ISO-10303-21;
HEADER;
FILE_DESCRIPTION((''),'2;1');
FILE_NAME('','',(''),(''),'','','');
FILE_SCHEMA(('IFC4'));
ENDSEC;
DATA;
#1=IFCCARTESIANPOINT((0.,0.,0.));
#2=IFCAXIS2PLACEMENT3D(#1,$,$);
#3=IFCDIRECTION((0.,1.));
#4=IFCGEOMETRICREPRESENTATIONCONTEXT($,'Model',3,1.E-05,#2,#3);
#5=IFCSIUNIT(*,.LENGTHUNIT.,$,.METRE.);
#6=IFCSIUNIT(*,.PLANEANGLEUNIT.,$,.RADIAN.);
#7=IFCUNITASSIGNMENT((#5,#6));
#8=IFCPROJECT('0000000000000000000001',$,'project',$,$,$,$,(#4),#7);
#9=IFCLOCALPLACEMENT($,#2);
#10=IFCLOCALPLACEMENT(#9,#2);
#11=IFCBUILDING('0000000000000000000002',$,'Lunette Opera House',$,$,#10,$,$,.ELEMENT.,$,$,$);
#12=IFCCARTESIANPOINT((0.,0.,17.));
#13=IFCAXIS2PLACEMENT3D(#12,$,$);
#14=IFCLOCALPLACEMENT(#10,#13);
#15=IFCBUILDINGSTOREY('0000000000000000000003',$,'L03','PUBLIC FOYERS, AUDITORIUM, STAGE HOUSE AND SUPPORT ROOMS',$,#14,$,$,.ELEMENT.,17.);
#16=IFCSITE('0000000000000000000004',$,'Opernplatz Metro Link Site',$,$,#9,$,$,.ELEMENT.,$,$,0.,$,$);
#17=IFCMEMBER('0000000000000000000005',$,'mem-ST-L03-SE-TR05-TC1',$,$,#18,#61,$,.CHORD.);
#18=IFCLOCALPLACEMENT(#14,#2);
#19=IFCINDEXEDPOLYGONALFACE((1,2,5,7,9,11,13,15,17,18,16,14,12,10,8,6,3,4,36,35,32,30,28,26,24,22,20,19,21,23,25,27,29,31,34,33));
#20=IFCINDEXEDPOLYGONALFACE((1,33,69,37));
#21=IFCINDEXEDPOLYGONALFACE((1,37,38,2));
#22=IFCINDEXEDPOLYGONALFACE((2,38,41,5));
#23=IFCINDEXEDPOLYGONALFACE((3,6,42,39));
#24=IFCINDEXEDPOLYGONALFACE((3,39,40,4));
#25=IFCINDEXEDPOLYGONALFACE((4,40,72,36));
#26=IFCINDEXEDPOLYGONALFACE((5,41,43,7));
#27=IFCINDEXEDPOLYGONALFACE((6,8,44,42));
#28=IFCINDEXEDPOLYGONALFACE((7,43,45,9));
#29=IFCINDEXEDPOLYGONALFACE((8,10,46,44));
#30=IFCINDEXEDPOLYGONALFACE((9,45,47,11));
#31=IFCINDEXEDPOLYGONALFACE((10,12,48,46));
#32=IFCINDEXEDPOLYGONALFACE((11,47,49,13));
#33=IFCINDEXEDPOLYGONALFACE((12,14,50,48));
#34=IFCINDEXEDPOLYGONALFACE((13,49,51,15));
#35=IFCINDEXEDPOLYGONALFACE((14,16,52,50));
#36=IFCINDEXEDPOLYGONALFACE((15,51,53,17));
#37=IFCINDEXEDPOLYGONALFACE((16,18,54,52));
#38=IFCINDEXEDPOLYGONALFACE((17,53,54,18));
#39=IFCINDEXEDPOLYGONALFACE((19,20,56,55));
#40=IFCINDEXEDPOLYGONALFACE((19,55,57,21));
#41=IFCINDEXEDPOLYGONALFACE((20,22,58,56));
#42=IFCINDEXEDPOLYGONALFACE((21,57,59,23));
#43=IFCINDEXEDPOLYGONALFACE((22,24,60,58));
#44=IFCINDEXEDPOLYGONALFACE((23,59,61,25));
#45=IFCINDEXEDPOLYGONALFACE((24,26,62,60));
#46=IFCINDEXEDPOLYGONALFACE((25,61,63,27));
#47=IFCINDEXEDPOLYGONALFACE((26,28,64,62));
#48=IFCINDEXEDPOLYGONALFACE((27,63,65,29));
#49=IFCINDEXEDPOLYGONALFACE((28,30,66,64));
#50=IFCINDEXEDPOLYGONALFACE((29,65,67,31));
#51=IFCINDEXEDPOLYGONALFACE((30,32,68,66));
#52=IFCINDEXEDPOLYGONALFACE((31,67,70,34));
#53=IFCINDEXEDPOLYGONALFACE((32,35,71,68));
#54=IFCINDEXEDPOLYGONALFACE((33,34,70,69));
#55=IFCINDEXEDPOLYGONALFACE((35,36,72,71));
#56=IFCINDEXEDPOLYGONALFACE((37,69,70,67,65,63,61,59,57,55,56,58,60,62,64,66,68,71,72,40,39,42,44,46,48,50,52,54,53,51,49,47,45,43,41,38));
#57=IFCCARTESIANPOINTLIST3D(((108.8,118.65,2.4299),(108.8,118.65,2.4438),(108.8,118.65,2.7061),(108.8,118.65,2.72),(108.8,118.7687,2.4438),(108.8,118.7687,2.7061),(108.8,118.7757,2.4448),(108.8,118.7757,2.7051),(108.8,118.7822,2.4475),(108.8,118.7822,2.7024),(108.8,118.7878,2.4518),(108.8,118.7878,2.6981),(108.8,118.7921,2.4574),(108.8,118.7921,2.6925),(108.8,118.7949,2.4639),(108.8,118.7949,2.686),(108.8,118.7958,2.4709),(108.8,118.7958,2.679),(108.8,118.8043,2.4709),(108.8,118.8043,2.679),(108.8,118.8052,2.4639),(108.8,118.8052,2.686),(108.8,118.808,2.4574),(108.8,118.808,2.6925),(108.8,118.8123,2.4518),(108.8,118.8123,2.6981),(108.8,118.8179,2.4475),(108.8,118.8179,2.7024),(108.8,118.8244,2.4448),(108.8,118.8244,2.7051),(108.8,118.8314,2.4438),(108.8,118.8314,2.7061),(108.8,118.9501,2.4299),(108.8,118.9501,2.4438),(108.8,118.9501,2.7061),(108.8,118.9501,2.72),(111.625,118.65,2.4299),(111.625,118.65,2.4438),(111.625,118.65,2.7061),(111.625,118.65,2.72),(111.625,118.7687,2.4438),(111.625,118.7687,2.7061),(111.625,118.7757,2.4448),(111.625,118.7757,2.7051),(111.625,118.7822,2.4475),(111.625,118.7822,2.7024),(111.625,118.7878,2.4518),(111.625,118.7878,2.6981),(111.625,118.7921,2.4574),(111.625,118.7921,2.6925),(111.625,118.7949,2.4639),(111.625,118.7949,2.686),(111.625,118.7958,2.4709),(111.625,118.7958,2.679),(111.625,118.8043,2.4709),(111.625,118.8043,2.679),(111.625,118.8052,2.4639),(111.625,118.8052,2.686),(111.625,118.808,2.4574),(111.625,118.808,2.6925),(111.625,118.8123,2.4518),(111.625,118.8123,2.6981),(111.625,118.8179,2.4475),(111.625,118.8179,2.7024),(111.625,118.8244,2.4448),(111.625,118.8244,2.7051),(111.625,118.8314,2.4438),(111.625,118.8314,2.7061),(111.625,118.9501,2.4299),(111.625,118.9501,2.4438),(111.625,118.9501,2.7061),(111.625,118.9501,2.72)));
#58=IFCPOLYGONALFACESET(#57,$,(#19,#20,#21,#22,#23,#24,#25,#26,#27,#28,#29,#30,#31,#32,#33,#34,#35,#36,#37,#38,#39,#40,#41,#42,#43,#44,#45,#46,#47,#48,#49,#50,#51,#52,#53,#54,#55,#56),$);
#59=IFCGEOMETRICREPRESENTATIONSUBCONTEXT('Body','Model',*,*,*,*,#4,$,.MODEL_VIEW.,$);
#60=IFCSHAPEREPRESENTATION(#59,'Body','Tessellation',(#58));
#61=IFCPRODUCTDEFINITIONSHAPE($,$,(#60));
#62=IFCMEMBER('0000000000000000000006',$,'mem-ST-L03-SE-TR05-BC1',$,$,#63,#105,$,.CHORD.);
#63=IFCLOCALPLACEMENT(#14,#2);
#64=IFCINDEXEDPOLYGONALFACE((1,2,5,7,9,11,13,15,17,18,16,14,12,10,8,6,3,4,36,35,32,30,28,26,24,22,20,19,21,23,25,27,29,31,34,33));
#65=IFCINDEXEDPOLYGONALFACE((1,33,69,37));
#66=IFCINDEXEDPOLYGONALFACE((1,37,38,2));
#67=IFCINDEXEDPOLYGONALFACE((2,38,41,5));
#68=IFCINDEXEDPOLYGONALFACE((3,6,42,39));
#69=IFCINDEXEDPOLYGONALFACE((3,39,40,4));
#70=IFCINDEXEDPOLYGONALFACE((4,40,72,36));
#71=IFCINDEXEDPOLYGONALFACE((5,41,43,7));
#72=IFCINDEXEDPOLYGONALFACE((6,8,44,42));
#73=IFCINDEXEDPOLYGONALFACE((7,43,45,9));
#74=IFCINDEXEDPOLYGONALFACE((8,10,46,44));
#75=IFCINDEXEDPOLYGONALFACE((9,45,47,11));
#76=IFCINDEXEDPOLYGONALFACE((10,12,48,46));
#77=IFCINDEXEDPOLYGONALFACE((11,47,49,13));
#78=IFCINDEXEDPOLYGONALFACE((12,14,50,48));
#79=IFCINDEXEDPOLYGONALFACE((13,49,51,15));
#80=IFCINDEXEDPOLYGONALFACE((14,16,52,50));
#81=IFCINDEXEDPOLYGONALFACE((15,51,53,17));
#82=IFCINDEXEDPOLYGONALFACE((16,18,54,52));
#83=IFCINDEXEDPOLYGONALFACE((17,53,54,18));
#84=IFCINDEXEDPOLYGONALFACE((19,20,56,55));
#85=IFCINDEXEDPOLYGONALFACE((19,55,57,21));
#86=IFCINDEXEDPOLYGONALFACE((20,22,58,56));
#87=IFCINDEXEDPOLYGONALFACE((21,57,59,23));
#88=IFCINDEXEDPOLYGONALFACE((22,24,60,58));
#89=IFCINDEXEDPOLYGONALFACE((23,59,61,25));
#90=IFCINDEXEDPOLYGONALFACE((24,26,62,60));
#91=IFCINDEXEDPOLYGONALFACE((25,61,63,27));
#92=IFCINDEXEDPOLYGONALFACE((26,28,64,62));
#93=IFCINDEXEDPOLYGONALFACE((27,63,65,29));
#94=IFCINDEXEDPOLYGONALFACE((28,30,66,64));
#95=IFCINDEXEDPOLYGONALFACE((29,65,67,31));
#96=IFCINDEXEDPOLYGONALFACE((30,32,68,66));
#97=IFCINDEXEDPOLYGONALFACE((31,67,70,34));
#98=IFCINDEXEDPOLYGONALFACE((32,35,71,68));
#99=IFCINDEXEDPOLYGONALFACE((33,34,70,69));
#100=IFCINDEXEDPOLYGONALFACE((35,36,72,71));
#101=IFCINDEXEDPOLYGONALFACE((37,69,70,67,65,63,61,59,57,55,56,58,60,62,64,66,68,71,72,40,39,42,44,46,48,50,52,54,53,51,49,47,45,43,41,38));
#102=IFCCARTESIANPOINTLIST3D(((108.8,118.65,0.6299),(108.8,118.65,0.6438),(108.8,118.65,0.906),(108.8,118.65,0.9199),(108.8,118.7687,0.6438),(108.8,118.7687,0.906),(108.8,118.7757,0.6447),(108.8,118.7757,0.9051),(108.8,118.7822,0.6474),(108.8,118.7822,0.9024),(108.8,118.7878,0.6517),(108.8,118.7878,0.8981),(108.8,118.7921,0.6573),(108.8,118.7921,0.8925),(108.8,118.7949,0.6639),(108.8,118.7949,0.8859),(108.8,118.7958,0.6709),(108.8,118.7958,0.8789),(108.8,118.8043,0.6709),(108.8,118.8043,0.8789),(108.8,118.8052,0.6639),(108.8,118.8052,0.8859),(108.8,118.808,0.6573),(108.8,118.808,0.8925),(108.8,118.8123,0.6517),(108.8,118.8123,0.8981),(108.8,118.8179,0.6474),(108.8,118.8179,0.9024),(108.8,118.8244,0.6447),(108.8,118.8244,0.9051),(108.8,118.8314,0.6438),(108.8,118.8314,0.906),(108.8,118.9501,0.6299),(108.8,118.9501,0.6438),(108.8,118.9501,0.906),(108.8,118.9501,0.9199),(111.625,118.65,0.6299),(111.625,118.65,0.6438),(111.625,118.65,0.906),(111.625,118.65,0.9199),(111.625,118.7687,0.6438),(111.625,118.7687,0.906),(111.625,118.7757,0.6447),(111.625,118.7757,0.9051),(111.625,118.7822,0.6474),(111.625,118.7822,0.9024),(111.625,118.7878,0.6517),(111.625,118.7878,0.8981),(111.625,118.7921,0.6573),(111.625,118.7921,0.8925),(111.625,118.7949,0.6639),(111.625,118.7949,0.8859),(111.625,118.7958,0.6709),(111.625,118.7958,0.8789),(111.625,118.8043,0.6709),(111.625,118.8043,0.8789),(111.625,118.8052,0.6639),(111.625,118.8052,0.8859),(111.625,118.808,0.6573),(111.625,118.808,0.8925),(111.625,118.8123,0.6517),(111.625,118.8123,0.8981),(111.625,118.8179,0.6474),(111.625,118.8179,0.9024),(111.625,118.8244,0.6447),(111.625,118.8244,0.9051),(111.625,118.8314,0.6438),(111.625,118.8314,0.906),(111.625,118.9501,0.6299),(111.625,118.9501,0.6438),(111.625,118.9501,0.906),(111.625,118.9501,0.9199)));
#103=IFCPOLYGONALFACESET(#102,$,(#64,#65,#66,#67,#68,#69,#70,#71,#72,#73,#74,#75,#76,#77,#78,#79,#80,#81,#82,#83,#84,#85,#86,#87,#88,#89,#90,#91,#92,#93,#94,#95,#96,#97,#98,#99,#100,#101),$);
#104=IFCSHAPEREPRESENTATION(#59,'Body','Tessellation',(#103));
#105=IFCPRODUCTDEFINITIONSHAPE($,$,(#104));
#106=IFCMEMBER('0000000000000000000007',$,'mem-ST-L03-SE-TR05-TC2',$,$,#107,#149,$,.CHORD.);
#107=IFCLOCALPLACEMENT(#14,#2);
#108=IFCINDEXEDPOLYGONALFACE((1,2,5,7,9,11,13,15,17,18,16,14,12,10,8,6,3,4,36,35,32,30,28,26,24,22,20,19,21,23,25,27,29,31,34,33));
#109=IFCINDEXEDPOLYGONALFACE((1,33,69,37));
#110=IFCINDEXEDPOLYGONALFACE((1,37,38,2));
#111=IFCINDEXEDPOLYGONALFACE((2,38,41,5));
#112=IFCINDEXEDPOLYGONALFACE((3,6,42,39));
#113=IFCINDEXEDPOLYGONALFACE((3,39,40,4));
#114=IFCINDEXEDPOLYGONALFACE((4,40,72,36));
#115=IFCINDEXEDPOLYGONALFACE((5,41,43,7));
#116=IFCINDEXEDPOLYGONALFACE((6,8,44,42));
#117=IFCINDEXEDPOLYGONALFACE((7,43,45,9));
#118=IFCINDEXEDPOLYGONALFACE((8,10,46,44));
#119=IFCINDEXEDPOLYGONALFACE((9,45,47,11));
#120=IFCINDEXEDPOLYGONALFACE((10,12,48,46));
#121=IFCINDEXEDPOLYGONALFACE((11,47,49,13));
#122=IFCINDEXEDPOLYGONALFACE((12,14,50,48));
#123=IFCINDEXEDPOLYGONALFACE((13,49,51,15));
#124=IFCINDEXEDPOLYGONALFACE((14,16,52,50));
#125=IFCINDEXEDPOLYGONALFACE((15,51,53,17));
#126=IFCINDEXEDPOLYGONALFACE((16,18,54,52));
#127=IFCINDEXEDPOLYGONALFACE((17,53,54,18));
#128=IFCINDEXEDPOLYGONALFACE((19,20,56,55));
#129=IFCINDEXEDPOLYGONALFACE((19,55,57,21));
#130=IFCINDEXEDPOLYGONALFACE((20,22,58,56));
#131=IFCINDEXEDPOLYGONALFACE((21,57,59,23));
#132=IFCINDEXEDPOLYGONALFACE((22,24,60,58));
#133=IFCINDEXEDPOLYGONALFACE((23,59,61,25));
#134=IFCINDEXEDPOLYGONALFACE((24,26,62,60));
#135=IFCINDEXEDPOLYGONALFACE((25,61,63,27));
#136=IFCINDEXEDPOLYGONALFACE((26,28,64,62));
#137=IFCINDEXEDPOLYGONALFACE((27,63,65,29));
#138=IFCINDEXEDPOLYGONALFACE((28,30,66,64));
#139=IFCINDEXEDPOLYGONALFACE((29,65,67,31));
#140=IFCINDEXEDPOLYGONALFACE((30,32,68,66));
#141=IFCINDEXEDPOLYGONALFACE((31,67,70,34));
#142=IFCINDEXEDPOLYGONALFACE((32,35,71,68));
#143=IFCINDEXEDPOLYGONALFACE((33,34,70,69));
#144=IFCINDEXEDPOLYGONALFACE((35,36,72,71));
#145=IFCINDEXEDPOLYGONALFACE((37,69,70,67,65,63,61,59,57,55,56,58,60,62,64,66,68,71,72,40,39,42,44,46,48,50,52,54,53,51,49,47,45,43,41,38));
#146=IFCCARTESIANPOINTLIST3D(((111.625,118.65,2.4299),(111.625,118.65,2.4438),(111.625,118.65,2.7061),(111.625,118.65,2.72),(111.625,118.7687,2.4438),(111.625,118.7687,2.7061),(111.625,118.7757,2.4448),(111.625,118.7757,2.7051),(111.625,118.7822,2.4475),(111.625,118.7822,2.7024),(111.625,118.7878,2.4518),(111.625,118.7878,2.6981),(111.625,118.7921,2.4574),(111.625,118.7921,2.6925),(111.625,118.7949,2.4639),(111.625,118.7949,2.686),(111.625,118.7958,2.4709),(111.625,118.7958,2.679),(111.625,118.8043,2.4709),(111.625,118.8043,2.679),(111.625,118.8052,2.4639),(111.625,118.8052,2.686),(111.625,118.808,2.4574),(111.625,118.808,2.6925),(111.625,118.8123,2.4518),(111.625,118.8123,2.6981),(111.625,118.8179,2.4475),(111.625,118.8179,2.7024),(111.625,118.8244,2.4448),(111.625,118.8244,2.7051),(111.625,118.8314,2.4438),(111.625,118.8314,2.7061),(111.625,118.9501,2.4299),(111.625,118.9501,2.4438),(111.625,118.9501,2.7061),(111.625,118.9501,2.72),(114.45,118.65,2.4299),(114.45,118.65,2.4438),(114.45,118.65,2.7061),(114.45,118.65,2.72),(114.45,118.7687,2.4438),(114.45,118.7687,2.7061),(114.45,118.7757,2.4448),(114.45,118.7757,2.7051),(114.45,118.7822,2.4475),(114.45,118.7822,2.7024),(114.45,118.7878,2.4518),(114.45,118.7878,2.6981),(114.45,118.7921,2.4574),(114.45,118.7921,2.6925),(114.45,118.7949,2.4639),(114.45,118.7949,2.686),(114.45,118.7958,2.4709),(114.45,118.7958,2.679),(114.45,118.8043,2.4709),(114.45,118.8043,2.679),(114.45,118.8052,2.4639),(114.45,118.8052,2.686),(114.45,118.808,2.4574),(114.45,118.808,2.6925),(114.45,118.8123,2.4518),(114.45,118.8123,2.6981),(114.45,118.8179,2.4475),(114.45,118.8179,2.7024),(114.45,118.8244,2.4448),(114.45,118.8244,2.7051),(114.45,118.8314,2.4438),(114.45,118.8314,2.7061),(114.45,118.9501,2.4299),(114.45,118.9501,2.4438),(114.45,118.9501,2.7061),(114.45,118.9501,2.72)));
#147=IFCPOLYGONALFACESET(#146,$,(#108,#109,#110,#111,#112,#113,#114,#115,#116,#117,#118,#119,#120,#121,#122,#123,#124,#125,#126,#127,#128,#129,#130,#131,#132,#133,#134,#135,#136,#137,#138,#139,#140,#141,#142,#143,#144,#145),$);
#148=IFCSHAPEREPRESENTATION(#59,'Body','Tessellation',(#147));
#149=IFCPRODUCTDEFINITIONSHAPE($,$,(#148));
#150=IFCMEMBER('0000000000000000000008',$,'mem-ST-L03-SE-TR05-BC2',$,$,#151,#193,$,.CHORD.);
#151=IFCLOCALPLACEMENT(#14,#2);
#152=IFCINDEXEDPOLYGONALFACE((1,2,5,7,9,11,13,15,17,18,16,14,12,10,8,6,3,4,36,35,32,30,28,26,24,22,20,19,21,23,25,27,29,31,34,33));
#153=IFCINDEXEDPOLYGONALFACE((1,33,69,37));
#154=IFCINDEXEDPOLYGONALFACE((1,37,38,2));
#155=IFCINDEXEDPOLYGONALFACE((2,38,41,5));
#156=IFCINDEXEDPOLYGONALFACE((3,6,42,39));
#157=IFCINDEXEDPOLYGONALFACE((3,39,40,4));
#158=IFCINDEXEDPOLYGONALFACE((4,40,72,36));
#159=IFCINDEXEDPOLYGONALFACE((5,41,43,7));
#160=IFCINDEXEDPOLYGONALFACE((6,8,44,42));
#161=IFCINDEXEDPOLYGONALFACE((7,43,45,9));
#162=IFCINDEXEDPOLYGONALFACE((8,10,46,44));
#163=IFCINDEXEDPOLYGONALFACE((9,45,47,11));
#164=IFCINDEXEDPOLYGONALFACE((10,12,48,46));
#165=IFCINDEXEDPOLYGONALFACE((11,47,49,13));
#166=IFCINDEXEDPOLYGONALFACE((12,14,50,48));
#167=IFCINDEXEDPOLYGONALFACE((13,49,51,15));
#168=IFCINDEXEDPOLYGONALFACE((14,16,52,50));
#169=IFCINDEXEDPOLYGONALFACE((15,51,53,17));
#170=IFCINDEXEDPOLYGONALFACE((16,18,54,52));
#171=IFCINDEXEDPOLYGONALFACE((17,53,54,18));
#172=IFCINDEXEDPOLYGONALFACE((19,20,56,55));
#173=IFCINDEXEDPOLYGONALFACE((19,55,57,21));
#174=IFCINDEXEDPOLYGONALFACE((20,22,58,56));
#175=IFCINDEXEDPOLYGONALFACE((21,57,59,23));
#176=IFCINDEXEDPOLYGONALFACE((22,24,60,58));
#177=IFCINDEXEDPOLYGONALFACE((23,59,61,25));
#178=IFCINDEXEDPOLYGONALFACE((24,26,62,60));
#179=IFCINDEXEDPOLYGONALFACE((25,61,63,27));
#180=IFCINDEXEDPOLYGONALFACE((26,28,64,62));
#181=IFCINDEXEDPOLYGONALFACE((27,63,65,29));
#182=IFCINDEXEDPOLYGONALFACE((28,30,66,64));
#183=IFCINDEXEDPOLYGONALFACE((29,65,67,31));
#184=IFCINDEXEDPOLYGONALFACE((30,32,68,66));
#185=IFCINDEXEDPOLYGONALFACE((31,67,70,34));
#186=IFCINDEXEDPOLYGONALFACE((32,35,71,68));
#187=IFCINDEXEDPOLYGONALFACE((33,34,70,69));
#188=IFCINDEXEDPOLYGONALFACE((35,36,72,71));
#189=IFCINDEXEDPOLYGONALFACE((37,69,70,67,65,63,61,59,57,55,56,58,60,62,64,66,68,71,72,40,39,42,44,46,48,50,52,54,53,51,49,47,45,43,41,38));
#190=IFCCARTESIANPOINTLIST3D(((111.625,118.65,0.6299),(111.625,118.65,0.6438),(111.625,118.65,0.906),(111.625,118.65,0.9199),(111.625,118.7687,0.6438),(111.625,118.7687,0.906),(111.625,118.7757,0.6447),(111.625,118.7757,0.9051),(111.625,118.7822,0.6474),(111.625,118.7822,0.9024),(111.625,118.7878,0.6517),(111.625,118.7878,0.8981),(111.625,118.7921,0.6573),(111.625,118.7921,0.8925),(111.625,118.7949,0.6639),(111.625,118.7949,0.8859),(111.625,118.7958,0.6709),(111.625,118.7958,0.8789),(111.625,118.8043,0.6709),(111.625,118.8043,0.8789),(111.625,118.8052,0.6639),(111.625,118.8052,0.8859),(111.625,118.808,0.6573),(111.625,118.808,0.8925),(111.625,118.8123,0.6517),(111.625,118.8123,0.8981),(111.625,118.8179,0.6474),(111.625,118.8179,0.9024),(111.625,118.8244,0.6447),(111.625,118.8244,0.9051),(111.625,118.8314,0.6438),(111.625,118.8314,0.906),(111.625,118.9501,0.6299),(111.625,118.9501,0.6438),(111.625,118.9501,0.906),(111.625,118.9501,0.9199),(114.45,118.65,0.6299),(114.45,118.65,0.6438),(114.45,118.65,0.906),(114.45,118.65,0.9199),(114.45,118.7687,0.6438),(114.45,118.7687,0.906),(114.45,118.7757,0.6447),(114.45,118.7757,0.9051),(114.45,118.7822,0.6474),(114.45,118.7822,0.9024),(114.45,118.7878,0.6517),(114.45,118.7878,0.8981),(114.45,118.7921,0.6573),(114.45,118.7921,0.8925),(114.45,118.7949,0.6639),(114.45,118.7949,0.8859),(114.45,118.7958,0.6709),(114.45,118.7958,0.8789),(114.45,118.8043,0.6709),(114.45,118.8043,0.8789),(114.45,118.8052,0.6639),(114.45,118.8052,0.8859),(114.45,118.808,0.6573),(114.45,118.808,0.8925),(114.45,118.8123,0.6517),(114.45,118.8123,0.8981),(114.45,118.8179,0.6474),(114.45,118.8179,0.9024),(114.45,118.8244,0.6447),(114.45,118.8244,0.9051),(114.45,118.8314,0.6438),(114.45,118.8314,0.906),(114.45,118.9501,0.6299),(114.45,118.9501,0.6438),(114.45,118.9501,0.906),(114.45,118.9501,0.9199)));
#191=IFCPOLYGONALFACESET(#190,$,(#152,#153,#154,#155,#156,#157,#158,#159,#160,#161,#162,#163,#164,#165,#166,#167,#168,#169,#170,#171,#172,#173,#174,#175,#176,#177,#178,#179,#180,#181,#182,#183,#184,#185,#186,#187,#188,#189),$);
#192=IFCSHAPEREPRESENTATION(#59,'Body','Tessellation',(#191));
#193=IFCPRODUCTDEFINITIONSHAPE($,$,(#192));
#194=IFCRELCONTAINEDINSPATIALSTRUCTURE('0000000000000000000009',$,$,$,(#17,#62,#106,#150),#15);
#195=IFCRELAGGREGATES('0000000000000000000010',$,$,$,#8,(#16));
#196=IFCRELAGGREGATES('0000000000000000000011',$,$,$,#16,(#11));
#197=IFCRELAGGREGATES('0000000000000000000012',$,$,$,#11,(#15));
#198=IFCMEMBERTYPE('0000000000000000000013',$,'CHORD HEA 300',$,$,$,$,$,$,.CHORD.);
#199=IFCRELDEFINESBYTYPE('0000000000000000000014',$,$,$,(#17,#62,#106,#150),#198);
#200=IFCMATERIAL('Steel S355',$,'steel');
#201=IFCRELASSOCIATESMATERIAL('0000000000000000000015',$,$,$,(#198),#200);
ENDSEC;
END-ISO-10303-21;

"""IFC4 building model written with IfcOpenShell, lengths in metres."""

from ifc_helpers import new_model, si_unit, direction, frame, origin, origin_2d, place, context, subcontext, project, spatial, i_section, extrude, material, material_profile, profile_set, type_object, element, save


model = new_model("IFC4")

# Units and contexts
model_context = context("Model", 3, precision=1e-05, world=origin(), true_north=direction((0.0, 1.0)))
body_context = subcontext(model_context, "Body", "Model", "MODEL_VIEW")
ifc_project = project(units=[si_unit("LENGTHUNIT", "METRE"), si_unit("PLANEANGLEUNIT", "RADIAN")], contexts=[model_context])

# Site, building, storey
site_placement = place(None, origin())
site = spatial("IfcSite", under=ifc_project, at=site_placement, Name="Opernplatz Metro Link Site", CompositionType="ELEMENT", RefElevation=0.0)
building_placement = place(site_placement, origin())
building = spatial("IfcBuilding", under=site, at=building_placement, Name="Lunette Opera House", CompositionType="ELEMENT")
storey_placement = place(building_placement, frame((0.0, 0.0, 17.0)))
storey = spatial("IfcBuildingStorey", under=building, at=storey_placement, Name="L03", Description="PUBLIC FOYERS, AUDITORIUM, STAGE HOUSE AND SUPPORT ROOMS", CompositionType="ELEMENT", Elevation=17.0)

# Members
ifc_material_1 = material(Name="Steel S355", Category="steel")
ifc_material_profile_1 = material_profile(ifc_material_1, i_section(OverallWidth=0.3, OverallDepth=0.29, WebThickness=0.0085, FlangeThickness=0.0139, FilletRadius=0.0271, at=origin_2d()), Name="HEA 300")
ifc_profile_set_1 = profile_set([ifc_material_profile_1], Name="Steel S355")
member_type_1 = type_object("IfcMemberType", Name="CHORD HEA 300", PredefinedType="CHORD", material=ifc_profile_set_1)
for number, where, z_axis, x_axis, name in (
    (1, (108.8, 118.8, 2.575), (1.0, 0.0, 0.0), (0.0, 1.0, 0.0), "mem-ST-L03-SE-TR05-TC1"),
    (2, (108.8, 118.8, 0.7749), (1.0, 0.0, 0.0), (0.0, 1.0, 0.0), "mem-ST-L03-SE-TR05-BC1"),
    (3, (111.625, 118.8, 2.575), (1.0, 0.0, 0.0), (0.0, 1.0, 0.0), "mem-ST-L03-SE-TR05-TC2"),
    (4, (111.625, 118.8, 0.7749), (1.0, 0.0, 0.0), (0.0, 1.0, 0.0), "mem-ST-L03-SE-TR05-BC2"),
):
    element("IfcMember", number, at=place(storey_placement, frame(where, z_axis=z_axis, x_axis=x_axis)), inside=storey, type_object=member_type_1, Name=name, PredefinedType="CHORD", context=body_context, shape_type="SweptSolid", body=[
        extrude(i_section(OverallWidth=0.3, OverallDepth=0.29, WebThickness=0.0085, FlangeThickness=0.0139, FilletRadius=0.0271, at=origin_2d()), origin(), (0.0, 0.0, 1.0), 2.825),
    ])

save(model, "model.ifc")
